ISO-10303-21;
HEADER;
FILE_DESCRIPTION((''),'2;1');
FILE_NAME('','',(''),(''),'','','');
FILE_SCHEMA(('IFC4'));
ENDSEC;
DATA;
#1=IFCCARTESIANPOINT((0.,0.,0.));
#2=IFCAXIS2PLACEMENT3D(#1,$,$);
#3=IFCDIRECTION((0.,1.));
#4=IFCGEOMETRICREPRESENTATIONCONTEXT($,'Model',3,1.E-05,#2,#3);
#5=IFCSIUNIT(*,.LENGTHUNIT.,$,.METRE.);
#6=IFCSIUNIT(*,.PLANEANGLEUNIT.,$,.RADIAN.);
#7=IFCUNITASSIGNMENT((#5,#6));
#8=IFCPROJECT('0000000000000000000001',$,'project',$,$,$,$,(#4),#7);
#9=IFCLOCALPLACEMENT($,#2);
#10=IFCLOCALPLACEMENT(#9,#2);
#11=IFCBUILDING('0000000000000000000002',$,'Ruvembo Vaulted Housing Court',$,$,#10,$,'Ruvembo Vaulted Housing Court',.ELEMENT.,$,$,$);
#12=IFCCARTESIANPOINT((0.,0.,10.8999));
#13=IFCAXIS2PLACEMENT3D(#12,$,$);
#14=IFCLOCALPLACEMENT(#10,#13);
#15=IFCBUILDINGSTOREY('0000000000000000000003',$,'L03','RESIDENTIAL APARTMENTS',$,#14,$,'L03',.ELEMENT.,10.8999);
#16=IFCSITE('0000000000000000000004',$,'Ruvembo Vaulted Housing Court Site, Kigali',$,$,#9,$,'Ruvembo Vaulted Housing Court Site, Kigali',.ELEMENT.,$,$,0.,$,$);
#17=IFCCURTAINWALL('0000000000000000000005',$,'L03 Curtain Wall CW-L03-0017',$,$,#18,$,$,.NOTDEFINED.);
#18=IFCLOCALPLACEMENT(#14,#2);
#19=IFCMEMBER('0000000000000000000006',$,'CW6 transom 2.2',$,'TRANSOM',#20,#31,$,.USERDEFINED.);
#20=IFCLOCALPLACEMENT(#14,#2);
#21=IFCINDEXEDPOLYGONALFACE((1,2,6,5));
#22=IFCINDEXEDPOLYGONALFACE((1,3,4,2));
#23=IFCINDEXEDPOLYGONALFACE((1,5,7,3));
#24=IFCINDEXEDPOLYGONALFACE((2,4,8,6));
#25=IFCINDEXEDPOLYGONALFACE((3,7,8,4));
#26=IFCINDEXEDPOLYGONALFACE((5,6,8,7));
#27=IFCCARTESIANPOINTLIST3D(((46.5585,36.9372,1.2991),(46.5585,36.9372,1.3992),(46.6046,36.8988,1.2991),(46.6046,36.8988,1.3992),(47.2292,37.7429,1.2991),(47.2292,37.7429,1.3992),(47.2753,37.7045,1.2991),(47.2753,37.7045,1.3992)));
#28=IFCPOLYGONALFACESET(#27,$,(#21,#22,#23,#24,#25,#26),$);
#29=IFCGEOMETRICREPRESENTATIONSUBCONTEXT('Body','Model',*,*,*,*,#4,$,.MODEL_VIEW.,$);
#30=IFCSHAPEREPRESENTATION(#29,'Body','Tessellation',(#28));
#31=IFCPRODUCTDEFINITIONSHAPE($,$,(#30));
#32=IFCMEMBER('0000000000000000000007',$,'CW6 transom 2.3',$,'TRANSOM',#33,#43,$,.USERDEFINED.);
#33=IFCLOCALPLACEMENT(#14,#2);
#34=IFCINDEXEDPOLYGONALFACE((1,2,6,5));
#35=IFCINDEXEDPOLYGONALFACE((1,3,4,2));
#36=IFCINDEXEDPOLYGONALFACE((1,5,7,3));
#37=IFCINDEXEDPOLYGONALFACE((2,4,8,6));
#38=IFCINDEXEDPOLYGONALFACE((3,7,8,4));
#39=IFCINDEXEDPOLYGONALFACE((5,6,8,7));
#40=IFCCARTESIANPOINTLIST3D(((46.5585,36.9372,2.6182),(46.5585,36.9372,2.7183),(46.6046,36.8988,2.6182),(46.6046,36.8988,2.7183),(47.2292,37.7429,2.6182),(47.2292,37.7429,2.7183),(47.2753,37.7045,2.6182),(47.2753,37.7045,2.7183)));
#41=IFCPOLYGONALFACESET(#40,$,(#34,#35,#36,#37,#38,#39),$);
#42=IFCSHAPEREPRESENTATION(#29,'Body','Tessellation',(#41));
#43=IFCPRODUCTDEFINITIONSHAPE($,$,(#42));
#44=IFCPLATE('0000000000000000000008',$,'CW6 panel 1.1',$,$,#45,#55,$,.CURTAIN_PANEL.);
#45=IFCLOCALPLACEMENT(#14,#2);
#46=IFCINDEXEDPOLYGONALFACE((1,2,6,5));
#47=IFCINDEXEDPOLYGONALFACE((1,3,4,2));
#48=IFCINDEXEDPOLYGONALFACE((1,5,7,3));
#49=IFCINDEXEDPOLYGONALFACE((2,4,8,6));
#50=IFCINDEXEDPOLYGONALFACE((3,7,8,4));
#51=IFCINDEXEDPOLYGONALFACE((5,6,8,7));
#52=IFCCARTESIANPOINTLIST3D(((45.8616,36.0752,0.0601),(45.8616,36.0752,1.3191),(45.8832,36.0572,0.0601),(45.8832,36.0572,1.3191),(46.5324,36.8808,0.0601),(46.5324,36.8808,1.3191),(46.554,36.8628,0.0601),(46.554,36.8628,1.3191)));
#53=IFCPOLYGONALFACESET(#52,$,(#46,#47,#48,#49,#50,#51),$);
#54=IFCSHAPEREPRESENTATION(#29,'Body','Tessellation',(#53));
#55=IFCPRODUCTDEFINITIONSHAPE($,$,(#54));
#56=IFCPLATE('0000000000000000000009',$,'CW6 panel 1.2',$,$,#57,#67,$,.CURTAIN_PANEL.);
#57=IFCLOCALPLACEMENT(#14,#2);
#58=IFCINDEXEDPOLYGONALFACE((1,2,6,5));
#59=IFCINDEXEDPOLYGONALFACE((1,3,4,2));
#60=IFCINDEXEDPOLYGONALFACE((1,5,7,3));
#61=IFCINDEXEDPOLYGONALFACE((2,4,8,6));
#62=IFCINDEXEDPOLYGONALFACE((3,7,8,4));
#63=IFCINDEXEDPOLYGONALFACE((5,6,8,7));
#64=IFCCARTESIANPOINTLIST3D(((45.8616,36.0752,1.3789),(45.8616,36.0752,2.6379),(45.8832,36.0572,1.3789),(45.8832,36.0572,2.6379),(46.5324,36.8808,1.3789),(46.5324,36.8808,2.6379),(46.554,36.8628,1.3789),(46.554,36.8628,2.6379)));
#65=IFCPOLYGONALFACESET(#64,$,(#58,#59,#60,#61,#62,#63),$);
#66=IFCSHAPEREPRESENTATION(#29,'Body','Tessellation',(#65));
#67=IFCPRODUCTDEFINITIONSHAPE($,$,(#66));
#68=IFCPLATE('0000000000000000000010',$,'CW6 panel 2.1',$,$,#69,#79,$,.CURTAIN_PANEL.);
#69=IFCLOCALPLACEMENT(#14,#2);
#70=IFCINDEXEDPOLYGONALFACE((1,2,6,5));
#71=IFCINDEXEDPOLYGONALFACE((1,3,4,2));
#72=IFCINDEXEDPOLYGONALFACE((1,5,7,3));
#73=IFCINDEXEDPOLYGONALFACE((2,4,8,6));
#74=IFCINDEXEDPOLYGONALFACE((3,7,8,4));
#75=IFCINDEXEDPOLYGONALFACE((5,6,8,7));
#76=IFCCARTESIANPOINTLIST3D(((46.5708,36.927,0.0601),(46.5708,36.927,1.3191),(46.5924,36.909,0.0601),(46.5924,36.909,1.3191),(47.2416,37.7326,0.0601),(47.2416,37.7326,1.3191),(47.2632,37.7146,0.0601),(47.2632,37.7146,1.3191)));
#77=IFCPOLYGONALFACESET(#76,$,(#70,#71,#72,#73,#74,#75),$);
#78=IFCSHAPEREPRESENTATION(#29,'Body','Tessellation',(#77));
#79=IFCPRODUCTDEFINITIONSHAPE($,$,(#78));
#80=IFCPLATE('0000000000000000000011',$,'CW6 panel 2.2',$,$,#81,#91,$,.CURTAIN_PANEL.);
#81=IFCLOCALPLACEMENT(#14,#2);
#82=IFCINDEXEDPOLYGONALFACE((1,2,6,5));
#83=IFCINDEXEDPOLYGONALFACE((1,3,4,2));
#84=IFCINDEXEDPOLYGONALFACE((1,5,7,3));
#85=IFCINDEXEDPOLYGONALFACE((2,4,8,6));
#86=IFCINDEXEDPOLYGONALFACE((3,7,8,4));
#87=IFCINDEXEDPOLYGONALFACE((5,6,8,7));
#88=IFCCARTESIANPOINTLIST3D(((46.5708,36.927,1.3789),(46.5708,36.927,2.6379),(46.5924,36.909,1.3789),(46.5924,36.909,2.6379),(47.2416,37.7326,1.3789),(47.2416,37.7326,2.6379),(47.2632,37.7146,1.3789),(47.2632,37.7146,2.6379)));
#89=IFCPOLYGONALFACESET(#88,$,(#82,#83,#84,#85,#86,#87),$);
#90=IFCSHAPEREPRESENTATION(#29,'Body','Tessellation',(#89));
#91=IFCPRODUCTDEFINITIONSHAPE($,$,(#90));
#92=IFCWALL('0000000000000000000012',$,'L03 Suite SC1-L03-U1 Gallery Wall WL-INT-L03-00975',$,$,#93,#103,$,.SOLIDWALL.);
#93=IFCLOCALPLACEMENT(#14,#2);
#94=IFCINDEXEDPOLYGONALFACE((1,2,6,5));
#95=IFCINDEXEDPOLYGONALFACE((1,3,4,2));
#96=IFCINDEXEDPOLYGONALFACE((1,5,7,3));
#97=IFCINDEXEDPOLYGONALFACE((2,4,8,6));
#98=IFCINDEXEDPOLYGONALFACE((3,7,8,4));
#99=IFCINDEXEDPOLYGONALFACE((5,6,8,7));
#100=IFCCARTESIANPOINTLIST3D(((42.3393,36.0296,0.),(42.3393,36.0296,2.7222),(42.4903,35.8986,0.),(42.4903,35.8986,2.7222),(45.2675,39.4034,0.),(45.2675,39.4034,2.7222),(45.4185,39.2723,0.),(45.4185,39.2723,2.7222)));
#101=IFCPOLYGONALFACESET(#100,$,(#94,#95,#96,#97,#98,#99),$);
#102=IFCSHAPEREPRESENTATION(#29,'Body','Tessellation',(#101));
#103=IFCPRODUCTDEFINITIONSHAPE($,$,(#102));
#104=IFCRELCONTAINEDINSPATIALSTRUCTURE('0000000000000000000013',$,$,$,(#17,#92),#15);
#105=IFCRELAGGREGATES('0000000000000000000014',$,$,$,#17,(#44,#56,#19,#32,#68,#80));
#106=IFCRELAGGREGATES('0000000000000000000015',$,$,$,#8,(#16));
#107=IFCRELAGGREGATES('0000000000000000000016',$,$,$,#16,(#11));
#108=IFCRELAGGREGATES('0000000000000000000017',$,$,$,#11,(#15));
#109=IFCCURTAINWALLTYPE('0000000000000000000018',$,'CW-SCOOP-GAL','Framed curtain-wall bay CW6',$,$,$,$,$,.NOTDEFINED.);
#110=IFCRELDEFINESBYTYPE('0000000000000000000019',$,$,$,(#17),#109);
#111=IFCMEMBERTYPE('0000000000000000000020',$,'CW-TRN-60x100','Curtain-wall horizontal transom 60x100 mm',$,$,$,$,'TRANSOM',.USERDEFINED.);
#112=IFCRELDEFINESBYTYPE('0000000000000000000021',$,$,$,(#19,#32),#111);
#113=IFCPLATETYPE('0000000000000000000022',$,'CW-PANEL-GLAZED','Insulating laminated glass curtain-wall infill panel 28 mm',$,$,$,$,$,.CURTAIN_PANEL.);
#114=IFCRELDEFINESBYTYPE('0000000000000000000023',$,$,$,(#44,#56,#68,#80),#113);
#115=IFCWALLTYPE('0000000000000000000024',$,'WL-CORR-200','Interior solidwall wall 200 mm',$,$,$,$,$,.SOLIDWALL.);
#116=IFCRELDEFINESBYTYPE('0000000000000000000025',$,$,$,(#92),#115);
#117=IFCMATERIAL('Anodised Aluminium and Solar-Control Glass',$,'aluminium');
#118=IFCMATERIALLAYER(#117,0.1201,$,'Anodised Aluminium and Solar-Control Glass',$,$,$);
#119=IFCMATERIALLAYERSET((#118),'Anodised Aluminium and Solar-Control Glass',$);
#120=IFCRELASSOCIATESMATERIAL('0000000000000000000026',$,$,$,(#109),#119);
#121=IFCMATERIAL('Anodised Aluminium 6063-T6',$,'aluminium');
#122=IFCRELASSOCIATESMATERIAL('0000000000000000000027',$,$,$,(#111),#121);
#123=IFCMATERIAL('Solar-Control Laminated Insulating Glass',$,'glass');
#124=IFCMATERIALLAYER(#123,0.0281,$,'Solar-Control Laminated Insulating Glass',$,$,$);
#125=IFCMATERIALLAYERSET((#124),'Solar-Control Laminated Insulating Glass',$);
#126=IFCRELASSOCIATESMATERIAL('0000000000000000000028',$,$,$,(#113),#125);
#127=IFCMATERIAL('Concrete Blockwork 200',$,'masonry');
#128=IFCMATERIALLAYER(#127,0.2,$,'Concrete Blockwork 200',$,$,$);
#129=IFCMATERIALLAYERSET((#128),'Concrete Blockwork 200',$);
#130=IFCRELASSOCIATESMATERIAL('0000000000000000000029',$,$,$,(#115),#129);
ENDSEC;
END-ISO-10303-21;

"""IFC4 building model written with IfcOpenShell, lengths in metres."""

from ifc_helpers import new_model, si_unit, direction, frame, frame_2d, origin, origin_2d, place, context, subcontext, project, spatial, rectangle, extrude, material, layer, layer_set, material_profile, profile_set, type_object, element, aggregate, save


model = new_model("IFC4")

# Units and contexts
model_context = context("Model", 3, precision=1e-05, world=origin(), true_north=direction((0.0, 1.0)))
body_context = subcontext(model_context, "Body", "Model", "MODEL_VIEW")
ifc_project = project(units=[si_unit("LENGTHUNIT", "METRE"), si_unit("PLANEANGLEUNIT", "RADIAN")], contexts=[model_context])

# Site, building, storey
site_placement = place(None, origin())
site = spatial("IfcSite", under=ifc_project, at=site_placement, Name="Ruvembo Vaulted Housing Court Site, Kigali", LongName="Ruvembo Vaulted Housing Court Site, Kigali", CompositionType="ELEMENT", RefElevation=0.0)
building_placement = place(site_placement, origin())
building = spatial("IfcBuilding", under=site, at=building_placement, Name="Ruvembo Vaulted Housing Court", LongName="Ruvembo Vaulted Housing Court", CompositionType="ELEMENT")
storey_placement = place(building_placement, frame((0.0, 0.0, 10.8999)))
storey = spatial("IfcBuildingStorey", under=building, at=storey_placement, Name="L03", Description="RESIDENTIAL APARTMENTS", LongName="L03", CompositionType="ELEMENT", Elevation=10.8999)

# Curtain wall, members, plates
ifc_material_1 = material(Name="Anodised Aluminium and Solar-Control Glass", Category="aluminium")
ifc_layer_1 = layer(ifc_material_1, 0.1201, Name="Anodised Aluminium and Solar-Control Glass")
ifc_layer_set_1 = layer_set([ifc_layer_1], Name="Anodised Aluminium and Solar-Control Glass")
curtain_wall_type = type_object("IfcCurtainWallType", Name="CW-SCOOP-GAL", Description="Framed curtain-wall bay CW6", PredefinedType="NOTDEFINED", material=ifc_layer_set_1)
curtain_wall_placement = place(storey_placement, origin())
curtain_wall = element("IfcCurtainWall", 1, at=curtain_wall_placement, inside=storey, type_object=curtain_wall_type, Name="L03 Curtain Wall CW-L03-0017", PredefinedType="NOTDEFINED")
ifc_material_2 = material(Name="Anodised Aluminium 6063-T6", Category="aluminium")
ifc_material_profile_1 = material_profile(ifc_material_2, rectangle(XDim=0.0601, YDim=0.1001, at=origin_2d()), Name="ALU 60x100")
ifc_profile_set_1 = profile_set([ifc_material_profile_1], Name="Anodised Aluminium 6063-T6")
member_type_1 = type_object("IfcMemberType", Name="CW-TRN-60x100", Description="Curtain-wall horizontal transom 60x100 mm", ElementType="TRANSOM", PredefinedType="USERDEFINED", material=ifc_profile_set_1)
member_1_placement = place(storey_placement, frame((46.5815, 36.918, 1.3491), z_axis=(0.639772, 0.768565, 0.0), x_axis=(-0.768565, 0.639772, 0.0)))
member_1 = element("IfcMember", 2, at=member_1_placement, type_object=member_type_1, Name="CW6 transom 2.2", ObjectType="TRANSOM", PredefinedType="USERDEFINED", context=body_context, shape_type="SweptSolid", body=[
    extrude(rectangle(XDim=0.0601, YDim=0.1001, at=origin_2d()), origin(), (0.0, 0.0, 1.0), 1.0483),
])
member_2_placement = place(storey_placement, frame((46.5815, 36.918, 2.6682), z_axis=(0.639772, 0.768565, 0.0), x_axis=(-0.768565, 0.639772, 0.0)))
member_2 = element("IfcMember", 3, at=member_2_placement, type_object=member_type_1, Name="CW6 transom 2.3", ObjectType="TRANSOM", PredefinedType="USERDEFINED", context=body_context, shape_type="SweptSolid", body=[
    extrude(rectangle(XDim=0.0601, YDim=0.1001, at=origin_2d()), origin(), (0.0, 0.0, 1.0), 1.0483),
])
ifc_material_3 = material(Name="Solar-Control Laminated Insulating Glass", Category="glass")
ifc_layer_2 = layer(ifc_material_3, 0.0281, Name="Solar-Control Laminated Insulating Glass")
ifc_layer_set_2 = layer_set([ifc_layer_2], Name="Solar-Control Laminated Insulating Glass")
plate_type = type_object("IfcPlateType", Name="CW-PANEL-GLAZED", Description="Insulating laminated glass curtain-wall infill panel 28 mm", PredefinedType="CURTAIN_PANEL", material=ifc_layer_set_2)
plate_1_placement = place(storey_placement, frame((46.2078, 36.469, 0.0601), z_axis=(0.0, 0.0, 1.0), x_axis=(0.639869, 0.768484, 0.0)))
plate_1 = element("IfcPlate", 4, at=plate_1_placement, type_object=plate_type, Name="CW6 panel 1.1", PredefinedType="CURTAIN_PANEL", context=body_context, shape_type="SweptSolid", body=[
    extrude(rectangle(XDim=1.0483, YDim=0.0281, at=origin_2d()), origin(), (0.0, 0.0, 1.0), 1.259),
])
plate_2_placement = place(storey_placement, frame((46.2078, 36.469, 1.3789), z_axis=(0.0, 0.0, 1.0), x_axis=(0.639869, 0.768484, 0.0)))
plate_2 = element("IfcPlate", 5, at=plate_2_placement, type_object=plate_type, Name="CW6 panel 1.2", PredefinedType="CURTAIN_PANEL", context=body_context, shape_type="SweptSolid", body=[
    extrude(rectangle(XDim=1.0483, YDim=0.0281, at=origin_2d()), origin(), (0.0, 0.0, 1.0), 1.259),
])
plate_3_placement = place(storey_placement, frame((46.917, 37.3208, 0.0601), z_axis=(0.0, 0.0, 1.0), x_axis=(0.639869, 0.768484, 0.0)))
plate_3 = element("IfcPlate", 6, at=plate_3_placement, type_object=plate_type, Name="CW6 panel 2.1", PredefinedType="CURTAIN_PANEL", context=body_context, shape_type="SweptSolid", body=[
    extrude(rectangle(XDim=1.0483, YDim=0.0281, at=origin_2d()), origin(), (0.0, 0.0, 1.0), 1.259),
])
plate_4_placement = place(storey_placement, frame((46.917, 37.3208, 1.3789), z_axis=(0.0, 0.0, 1.0), x_axis=(0.639869, 0.768484, 0.0)))
plate_4 = element("IfcPlate", 7, at=plate_4_placement, type_object=plate_type, Name="CW6 panel 2.2", PredefinedType="CURTAIN_PANEL", context=body_context, shape_type="SweptSolid", body=[
    extrude(rectangle(XDim=1.0483, YDim=0.0281, at=origin_2d()), origin(), (0.0, 0.0, 1.0), 1.259),
])
aggregate(curtain_wall, [plate_1, plate_2, member_1, member_2, plate_3, plate_4])

# Wall
ifc_material_4 = material(Name="Concrete Blockwork 200", Category="masonry")
ifc_layer_3 = layer(ifc_material_4, 0.2, Name="Concrete Blockwork 200")
ifc_layer_set_3 = layer_set([ifc_layer_3], Name="Concrete Blockwork 200")
wall_type = type_object("IfcWallType", Name="WL-CORR-200", Description="Interior solidwall wall 200 mm", PredefinedType="SOLIDWALL", material=ifc_layer_set_3)
wall_placement = place(storey_placement, frame((42.4148, 35.9641, 0.0), z_axis=(0.0, 0.0, 1.0), x_axis=(0.655478, 0.755215, 0.0)))
element("IfcWall", 8, at=wall_placement, inside=storey, type_object=wall_type, Name="L03 Suite SC1-L03-U1 Gallery Wall WL-INT-L03-00975", PredefinedType="SOLIDWALL", context=body_context, shape_type="SweptSolid", body=[
    extrude(rectangle(XDim=4.4673, YDim=0.2, at=frame_2d((2.2336, 0.0))), origin(), (0.0, 0.0, 1.0), 2.7222),
])

save(model, "model.ifc")
